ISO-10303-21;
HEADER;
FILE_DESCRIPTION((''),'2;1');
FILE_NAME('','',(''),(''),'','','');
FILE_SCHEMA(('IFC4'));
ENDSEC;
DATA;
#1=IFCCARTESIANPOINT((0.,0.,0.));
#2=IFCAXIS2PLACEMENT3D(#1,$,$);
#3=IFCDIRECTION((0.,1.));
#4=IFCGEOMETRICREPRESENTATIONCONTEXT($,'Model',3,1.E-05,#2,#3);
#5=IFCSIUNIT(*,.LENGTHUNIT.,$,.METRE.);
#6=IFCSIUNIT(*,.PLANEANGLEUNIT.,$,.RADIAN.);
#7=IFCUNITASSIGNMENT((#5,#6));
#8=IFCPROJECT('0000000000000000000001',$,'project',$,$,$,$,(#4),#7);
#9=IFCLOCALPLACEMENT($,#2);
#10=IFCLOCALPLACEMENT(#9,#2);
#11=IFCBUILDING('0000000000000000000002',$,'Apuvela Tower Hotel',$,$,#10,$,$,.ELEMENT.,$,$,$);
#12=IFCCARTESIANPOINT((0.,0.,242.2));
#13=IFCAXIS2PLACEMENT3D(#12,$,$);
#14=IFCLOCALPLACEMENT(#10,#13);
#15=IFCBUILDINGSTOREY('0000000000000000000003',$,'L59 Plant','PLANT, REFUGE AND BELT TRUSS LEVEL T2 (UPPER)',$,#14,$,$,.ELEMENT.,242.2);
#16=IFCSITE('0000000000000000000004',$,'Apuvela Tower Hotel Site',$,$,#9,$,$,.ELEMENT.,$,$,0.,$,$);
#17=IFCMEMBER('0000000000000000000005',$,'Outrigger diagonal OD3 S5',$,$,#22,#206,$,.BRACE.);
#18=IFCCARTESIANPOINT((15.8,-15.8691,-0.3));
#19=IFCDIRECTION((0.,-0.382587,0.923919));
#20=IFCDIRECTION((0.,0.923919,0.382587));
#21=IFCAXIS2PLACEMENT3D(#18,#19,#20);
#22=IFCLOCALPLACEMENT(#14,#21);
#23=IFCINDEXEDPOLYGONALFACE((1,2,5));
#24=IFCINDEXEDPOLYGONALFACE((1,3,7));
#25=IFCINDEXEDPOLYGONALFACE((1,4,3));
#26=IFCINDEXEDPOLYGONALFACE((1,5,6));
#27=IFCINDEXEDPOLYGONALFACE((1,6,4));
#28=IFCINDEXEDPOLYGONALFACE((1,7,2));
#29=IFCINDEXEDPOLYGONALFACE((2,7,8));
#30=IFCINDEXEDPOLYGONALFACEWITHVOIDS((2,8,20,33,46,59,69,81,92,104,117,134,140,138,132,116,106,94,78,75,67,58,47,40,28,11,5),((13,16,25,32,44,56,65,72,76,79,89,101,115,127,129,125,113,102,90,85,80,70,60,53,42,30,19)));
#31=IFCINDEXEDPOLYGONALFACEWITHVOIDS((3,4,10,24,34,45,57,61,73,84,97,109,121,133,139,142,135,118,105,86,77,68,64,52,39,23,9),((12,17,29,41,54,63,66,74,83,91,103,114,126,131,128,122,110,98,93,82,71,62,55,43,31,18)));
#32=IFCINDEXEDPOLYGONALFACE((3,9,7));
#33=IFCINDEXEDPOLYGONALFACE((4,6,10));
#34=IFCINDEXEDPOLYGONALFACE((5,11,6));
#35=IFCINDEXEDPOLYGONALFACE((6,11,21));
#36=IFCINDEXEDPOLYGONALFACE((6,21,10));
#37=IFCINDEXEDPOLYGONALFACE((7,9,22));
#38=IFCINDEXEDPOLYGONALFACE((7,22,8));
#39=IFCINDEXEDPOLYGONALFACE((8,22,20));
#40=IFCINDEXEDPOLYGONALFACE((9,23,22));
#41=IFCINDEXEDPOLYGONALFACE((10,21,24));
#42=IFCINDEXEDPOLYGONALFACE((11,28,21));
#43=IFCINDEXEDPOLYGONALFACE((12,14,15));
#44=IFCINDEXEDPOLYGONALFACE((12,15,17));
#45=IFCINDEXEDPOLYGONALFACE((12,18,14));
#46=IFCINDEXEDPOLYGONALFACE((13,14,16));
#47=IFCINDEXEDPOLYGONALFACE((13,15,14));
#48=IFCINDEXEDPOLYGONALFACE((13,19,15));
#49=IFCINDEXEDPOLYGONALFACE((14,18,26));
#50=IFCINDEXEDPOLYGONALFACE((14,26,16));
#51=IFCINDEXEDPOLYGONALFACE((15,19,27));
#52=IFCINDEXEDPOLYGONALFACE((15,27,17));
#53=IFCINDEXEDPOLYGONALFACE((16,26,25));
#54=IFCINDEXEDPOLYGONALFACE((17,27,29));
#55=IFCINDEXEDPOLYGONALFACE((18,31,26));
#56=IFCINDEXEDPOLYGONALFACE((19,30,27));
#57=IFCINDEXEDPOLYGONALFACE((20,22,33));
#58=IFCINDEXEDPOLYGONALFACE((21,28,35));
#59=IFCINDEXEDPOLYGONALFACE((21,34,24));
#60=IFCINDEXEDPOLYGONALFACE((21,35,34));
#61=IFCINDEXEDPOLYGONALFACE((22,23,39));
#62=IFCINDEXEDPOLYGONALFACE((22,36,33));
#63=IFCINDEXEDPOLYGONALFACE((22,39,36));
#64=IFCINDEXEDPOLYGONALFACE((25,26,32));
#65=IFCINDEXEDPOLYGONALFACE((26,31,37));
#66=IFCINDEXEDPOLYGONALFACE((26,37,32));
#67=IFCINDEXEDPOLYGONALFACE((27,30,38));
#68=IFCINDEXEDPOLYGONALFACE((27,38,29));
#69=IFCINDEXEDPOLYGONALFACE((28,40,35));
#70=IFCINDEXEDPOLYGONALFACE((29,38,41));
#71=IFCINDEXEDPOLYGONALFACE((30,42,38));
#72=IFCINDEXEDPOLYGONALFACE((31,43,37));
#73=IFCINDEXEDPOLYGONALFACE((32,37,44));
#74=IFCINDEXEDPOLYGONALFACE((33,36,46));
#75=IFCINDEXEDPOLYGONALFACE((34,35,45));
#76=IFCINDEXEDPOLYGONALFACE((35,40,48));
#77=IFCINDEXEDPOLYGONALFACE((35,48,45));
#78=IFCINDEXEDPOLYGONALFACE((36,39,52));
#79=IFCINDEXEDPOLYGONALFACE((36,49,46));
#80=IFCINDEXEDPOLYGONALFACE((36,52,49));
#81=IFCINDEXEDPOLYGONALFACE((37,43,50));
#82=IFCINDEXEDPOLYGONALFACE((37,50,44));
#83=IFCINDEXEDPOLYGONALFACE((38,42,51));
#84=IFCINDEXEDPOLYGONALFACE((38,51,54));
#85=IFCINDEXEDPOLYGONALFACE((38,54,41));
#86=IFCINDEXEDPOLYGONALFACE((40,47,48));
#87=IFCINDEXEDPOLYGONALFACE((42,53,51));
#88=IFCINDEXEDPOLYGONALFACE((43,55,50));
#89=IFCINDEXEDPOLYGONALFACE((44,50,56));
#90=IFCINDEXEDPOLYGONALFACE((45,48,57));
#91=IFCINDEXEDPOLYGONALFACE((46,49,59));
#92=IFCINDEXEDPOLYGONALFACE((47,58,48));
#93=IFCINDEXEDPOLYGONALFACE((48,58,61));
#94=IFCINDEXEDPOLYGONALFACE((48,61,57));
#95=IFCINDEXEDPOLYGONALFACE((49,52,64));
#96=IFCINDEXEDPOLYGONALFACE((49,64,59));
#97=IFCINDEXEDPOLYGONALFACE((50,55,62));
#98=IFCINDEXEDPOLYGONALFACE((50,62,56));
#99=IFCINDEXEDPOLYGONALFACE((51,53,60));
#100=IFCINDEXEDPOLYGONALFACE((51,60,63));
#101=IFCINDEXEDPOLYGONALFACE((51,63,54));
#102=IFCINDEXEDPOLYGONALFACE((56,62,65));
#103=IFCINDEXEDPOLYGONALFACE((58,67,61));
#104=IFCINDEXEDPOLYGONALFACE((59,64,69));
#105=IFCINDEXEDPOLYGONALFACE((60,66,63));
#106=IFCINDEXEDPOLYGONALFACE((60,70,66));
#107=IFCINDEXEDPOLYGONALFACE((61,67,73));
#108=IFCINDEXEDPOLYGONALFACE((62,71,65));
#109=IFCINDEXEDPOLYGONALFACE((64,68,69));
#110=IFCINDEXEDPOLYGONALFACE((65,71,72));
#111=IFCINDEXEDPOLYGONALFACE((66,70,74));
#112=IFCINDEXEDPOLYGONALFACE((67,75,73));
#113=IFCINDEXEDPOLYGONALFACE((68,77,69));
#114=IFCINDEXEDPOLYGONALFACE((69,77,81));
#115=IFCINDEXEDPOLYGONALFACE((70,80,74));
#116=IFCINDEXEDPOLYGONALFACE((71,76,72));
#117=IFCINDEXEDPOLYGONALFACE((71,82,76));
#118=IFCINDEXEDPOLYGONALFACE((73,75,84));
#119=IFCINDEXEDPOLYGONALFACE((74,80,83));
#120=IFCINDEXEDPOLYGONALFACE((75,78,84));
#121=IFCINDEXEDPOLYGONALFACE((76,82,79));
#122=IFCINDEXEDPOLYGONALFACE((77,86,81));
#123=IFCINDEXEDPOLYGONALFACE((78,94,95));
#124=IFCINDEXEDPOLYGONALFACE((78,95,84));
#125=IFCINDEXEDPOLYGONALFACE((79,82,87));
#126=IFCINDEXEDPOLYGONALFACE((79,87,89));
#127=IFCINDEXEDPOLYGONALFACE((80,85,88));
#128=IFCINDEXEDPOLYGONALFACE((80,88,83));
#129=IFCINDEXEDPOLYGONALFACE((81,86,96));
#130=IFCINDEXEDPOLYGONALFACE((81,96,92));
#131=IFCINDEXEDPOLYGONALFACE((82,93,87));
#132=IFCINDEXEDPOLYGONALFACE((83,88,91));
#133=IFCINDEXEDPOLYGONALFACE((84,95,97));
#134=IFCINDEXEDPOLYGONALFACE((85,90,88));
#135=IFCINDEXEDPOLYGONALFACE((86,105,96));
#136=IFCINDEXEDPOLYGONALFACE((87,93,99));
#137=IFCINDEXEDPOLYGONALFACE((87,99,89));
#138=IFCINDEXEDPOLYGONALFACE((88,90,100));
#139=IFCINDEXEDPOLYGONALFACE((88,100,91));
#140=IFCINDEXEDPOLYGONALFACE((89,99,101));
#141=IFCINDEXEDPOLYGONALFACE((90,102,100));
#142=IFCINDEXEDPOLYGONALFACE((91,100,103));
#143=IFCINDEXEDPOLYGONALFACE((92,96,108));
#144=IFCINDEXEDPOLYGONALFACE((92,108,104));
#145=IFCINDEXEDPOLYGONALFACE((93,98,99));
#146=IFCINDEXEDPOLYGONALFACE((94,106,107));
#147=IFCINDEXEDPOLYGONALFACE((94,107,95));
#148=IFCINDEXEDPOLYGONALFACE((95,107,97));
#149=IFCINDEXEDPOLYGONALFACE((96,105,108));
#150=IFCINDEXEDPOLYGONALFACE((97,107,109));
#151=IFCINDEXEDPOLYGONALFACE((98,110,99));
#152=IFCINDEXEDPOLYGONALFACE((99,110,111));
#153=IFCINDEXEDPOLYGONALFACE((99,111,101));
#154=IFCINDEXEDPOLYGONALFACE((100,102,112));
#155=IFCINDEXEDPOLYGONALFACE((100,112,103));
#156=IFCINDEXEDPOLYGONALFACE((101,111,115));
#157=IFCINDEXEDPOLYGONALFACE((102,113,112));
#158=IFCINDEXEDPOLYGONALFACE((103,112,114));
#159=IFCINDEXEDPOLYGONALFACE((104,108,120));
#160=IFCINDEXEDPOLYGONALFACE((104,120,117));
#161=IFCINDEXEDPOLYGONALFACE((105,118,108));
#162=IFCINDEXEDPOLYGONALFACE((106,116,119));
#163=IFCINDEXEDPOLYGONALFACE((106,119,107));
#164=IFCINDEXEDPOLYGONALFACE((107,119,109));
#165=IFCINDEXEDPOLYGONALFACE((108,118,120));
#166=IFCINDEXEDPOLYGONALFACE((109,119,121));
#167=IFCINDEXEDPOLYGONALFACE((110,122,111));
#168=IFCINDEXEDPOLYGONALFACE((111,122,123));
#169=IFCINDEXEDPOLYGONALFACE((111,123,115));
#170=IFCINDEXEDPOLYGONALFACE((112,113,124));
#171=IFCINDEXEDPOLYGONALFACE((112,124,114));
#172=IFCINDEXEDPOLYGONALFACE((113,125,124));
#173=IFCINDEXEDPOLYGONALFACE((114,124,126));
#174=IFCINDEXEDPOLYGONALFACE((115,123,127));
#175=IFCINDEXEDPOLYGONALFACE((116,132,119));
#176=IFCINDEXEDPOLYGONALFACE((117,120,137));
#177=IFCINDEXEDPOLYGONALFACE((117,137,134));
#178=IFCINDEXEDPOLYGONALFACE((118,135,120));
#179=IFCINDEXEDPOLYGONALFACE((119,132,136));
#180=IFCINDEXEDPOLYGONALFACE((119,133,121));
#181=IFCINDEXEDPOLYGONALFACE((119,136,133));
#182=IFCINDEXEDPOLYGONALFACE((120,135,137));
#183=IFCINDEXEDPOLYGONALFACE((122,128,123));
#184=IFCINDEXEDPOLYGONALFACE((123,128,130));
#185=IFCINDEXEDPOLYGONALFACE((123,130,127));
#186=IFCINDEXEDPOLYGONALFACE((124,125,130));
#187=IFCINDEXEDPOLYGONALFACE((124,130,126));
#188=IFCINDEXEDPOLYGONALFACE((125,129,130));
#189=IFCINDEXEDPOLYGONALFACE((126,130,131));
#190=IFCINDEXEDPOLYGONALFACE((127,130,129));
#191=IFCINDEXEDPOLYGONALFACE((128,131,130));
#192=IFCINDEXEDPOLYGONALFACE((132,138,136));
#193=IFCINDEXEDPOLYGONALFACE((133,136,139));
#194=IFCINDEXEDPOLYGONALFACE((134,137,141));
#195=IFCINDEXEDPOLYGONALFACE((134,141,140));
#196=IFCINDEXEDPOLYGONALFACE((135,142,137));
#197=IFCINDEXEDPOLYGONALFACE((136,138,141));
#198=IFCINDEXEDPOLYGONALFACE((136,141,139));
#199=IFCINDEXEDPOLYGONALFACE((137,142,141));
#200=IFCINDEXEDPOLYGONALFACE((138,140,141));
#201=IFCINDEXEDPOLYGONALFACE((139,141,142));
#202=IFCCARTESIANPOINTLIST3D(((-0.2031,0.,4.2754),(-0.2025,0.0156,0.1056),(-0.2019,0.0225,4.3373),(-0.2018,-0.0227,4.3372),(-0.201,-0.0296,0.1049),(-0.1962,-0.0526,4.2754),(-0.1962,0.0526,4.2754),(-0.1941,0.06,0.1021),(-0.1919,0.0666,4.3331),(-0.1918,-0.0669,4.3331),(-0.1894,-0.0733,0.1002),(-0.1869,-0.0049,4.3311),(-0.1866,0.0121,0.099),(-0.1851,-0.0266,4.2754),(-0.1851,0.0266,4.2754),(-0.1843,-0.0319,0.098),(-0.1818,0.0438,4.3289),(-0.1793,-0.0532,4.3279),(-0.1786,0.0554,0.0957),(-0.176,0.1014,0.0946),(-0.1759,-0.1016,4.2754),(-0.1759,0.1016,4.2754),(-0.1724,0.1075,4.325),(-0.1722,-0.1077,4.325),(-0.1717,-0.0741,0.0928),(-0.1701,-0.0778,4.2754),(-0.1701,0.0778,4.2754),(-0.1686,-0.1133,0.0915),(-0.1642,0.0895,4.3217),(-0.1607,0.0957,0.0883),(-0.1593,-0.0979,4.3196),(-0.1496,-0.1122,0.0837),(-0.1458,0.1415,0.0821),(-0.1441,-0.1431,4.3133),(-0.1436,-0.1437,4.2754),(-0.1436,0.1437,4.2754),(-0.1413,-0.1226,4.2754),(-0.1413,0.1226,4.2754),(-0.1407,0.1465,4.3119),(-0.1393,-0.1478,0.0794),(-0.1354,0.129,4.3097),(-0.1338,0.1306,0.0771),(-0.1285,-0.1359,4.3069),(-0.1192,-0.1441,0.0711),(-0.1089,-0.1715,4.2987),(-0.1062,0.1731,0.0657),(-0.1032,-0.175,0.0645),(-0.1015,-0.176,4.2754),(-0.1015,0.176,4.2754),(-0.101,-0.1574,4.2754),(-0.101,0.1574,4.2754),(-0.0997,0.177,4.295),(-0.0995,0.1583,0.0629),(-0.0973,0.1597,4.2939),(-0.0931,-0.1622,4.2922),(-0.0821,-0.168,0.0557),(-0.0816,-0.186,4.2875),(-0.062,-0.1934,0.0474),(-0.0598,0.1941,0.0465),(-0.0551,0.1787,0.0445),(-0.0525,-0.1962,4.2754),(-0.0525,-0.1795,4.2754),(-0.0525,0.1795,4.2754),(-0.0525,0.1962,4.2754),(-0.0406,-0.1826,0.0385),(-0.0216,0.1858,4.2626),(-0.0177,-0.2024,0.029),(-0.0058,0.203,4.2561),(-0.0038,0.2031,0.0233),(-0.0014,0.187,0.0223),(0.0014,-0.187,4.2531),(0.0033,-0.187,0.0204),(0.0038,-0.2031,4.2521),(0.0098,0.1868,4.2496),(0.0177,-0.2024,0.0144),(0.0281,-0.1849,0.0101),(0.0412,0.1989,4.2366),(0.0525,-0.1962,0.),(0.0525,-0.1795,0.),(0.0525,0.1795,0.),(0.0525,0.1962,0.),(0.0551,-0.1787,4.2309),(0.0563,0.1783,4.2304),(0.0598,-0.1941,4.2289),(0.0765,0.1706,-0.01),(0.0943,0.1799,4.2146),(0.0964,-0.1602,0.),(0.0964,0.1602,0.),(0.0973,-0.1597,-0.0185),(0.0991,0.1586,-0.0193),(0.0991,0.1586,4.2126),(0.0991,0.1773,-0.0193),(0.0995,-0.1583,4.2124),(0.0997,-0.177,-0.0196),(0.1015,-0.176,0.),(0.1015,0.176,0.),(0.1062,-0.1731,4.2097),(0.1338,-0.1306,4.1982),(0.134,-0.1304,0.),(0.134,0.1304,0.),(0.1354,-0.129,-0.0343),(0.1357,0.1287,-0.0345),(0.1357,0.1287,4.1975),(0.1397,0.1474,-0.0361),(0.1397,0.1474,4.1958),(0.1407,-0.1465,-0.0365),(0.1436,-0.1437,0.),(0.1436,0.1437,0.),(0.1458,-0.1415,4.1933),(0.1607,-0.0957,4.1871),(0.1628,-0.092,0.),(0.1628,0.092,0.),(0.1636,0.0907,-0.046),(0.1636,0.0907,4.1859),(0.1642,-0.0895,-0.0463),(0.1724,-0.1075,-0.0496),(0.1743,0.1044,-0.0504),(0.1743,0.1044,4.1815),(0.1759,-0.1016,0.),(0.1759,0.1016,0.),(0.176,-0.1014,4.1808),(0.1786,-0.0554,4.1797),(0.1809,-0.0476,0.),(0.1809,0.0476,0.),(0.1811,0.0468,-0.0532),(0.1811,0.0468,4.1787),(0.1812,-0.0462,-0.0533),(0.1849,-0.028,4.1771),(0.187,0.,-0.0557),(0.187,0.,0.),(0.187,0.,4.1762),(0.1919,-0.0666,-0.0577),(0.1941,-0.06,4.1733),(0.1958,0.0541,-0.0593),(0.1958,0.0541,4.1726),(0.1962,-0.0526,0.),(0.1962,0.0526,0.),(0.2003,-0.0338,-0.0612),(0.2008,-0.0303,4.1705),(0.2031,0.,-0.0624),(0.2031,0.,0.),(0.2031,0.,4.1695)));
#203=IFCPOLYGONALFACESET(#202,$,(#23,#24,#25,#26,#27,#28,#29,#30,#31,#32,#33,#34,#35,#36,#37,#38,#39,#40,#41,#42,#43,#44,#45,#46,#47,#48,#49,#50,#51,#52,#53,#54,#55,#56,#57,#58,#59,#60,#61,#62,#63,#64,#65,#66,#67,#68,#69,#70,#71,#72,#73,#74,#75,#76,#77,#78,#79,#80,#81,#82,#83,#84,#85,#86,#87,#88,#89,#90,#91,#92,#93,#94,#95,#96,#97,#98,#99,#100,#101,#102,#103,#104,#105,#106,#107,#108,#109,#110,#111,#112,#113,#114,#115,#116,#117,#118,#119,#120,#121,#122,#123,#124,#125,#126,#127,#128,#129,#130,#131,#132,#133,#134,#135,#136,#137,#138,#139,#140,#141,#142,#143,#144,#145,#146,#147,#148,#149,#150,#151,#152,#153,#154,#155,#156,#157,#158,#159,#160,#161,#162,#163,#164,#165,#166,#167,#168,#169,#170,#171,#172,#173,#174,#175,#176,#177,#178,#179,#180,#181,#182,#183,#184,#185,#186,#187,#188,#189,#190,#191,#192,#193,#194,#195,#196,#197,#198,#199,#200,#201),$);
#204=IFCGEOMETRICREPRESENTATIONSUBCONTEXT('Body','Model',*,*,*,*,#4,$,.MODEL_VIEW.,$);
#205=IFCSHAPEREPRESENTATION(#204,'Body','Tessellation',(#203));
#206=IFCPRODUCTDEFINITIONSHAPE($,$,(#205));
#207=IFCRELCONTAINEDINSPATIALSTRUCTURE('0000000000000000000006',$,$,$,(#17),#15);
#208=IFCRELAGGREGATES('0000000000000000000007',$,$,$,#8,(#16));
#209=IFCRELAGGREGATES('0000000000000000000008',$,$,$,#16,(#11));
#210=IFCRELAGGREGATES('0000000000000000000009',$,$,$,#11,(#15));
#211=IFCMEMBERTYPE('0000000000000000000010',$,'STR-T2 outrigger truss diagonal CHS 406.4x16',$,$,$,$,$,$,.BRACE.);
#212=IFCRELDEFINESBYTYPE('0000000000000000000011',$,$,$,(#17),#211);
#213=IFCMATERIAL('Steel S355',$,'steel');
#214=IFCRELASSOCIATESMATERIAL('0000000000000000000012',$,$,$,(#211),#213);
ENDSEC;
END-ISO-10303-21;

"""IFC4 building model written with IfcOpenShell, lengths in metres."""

from ifc_helpers import new_model, si_unit, direction, frame, origin, origin_2d, place, context, subcontext, project, spatial, hollow_circle, extrude, boolean, halfspace, material, material_profile, profile_set, type_object, element, save


model = new_model("IFC4")

# Units and contexts
model_context = context("Model", 3, precision=1e-05, world=origin(), true_north=direction((0.0, 1.0)))
body_context = subcontext(model_context, "Body", "Model", "MODEL_VIEW")
ifc_project = project(units=[si_unit("LENGTHUNIT", "METRE"), si_unit("PLANEANGLEUNIT", "RADIAN")], contexts=[model_context])

# Site, building, storey
site_placement = place(None, origin())
site = spatial("IfcSite", under=ifc_project, at=site_placement, Name="Apuvela Tower Hotel Site", CompositionType="ELEMENT", RefElevation=0.0)
building_placement = place(site_placement, origin())
building = spatial("IfcBuilding", under=site, at=building_placement, Name="Apuvela Tower Hotel", CompositionType="ELEMENT")
storey_placement = place(building_placement, frame((0.0, 0.0, 242.2)))
storey = spatial("IfcBuildingStorey", under=building, at=storey_placement, Name="L59 Plant", Description="PLANT, REFUGE AND BELT TRUSS LEVEL T2 (UPPER)", CompositionType="ELEMENT", Elevation=242.2)

# Shared definitions
ifc_material_1 = material(Name="Steel S355", Category="steel")

# Member
ifc_material_profile_1 = material_profile(ifc_material_1, hollow_circle(Radius=0.2031, WallThickness=0.0161, at=origin_2d()), Name="CHS 406.4x16")
ifc_profile_set_1 = profile_set([ifc_material_profile_1], Name="Steel S355")
member_type = type_object("IfcMemberType", Name="STR-T2 outrigger truss diagonal CHS 406.4x16", PredefinedType="BRACE", material=ifc_profile_set_1)
member_placement = place(storey_placement, frame((15.8, -15.8691, -0.3), z_axis=(0.0, -0.382587, 0.923919), x_axis=(0.0, 0.923919, 0.382587)))
solid = boolean("DIFFERENCE", boolean("DIFFERENCE", extrude(hollow_circle(Radius=0.2031, WallThickness=0.0161, at=origin_2d()), frame((0.0, 0.0, -0.2041)), (0.0, 0.0, 1.0), 4.6838), halfspace(frame((0.0, 0.0, 0.0217), z_axis=(0.382587, 0.0, 0.923919), x_axis=(0.923919, 0.0, -0.382587)), True)), halfspace(frame((0.0, 0.0, 4.2537), z_axis=(0.382587, 0.0, 0.923919), x_axis=(0.923919, 0.0, -0.382587)), False))
element("IfcMember", 1, at=member_placement, inside=storey, type_object=member_type, Name="Outrigger diagonal OD3 S5", PredefinedType="BRACE", context=body_context, shape_type="SweptSolid", body=[
    boolean("UNION", boolean("DIFFERENCE", boolean("DIFFERENCE", extrude(hollow_circle(Radius=0.2031, WallThickness=0.0161, at=origin_2d()), origin(), (0.0, 0.0, 1.0), 4.2754), halfspace(frame((0.0, 0.0, 0.0217), z_axis=(0.382587, 0.0, 0.923919), x_axis=(0.923919, 0.0, -0.382587)), True)), halfspace(frame((0.0, 0.0, 4.2537), z_axis=(0.382587, 0.0, 0.923919), x_axis=(0.923919, 0.0, -0.382587)), False)), solid),
])

save(model, "model.ifc")
